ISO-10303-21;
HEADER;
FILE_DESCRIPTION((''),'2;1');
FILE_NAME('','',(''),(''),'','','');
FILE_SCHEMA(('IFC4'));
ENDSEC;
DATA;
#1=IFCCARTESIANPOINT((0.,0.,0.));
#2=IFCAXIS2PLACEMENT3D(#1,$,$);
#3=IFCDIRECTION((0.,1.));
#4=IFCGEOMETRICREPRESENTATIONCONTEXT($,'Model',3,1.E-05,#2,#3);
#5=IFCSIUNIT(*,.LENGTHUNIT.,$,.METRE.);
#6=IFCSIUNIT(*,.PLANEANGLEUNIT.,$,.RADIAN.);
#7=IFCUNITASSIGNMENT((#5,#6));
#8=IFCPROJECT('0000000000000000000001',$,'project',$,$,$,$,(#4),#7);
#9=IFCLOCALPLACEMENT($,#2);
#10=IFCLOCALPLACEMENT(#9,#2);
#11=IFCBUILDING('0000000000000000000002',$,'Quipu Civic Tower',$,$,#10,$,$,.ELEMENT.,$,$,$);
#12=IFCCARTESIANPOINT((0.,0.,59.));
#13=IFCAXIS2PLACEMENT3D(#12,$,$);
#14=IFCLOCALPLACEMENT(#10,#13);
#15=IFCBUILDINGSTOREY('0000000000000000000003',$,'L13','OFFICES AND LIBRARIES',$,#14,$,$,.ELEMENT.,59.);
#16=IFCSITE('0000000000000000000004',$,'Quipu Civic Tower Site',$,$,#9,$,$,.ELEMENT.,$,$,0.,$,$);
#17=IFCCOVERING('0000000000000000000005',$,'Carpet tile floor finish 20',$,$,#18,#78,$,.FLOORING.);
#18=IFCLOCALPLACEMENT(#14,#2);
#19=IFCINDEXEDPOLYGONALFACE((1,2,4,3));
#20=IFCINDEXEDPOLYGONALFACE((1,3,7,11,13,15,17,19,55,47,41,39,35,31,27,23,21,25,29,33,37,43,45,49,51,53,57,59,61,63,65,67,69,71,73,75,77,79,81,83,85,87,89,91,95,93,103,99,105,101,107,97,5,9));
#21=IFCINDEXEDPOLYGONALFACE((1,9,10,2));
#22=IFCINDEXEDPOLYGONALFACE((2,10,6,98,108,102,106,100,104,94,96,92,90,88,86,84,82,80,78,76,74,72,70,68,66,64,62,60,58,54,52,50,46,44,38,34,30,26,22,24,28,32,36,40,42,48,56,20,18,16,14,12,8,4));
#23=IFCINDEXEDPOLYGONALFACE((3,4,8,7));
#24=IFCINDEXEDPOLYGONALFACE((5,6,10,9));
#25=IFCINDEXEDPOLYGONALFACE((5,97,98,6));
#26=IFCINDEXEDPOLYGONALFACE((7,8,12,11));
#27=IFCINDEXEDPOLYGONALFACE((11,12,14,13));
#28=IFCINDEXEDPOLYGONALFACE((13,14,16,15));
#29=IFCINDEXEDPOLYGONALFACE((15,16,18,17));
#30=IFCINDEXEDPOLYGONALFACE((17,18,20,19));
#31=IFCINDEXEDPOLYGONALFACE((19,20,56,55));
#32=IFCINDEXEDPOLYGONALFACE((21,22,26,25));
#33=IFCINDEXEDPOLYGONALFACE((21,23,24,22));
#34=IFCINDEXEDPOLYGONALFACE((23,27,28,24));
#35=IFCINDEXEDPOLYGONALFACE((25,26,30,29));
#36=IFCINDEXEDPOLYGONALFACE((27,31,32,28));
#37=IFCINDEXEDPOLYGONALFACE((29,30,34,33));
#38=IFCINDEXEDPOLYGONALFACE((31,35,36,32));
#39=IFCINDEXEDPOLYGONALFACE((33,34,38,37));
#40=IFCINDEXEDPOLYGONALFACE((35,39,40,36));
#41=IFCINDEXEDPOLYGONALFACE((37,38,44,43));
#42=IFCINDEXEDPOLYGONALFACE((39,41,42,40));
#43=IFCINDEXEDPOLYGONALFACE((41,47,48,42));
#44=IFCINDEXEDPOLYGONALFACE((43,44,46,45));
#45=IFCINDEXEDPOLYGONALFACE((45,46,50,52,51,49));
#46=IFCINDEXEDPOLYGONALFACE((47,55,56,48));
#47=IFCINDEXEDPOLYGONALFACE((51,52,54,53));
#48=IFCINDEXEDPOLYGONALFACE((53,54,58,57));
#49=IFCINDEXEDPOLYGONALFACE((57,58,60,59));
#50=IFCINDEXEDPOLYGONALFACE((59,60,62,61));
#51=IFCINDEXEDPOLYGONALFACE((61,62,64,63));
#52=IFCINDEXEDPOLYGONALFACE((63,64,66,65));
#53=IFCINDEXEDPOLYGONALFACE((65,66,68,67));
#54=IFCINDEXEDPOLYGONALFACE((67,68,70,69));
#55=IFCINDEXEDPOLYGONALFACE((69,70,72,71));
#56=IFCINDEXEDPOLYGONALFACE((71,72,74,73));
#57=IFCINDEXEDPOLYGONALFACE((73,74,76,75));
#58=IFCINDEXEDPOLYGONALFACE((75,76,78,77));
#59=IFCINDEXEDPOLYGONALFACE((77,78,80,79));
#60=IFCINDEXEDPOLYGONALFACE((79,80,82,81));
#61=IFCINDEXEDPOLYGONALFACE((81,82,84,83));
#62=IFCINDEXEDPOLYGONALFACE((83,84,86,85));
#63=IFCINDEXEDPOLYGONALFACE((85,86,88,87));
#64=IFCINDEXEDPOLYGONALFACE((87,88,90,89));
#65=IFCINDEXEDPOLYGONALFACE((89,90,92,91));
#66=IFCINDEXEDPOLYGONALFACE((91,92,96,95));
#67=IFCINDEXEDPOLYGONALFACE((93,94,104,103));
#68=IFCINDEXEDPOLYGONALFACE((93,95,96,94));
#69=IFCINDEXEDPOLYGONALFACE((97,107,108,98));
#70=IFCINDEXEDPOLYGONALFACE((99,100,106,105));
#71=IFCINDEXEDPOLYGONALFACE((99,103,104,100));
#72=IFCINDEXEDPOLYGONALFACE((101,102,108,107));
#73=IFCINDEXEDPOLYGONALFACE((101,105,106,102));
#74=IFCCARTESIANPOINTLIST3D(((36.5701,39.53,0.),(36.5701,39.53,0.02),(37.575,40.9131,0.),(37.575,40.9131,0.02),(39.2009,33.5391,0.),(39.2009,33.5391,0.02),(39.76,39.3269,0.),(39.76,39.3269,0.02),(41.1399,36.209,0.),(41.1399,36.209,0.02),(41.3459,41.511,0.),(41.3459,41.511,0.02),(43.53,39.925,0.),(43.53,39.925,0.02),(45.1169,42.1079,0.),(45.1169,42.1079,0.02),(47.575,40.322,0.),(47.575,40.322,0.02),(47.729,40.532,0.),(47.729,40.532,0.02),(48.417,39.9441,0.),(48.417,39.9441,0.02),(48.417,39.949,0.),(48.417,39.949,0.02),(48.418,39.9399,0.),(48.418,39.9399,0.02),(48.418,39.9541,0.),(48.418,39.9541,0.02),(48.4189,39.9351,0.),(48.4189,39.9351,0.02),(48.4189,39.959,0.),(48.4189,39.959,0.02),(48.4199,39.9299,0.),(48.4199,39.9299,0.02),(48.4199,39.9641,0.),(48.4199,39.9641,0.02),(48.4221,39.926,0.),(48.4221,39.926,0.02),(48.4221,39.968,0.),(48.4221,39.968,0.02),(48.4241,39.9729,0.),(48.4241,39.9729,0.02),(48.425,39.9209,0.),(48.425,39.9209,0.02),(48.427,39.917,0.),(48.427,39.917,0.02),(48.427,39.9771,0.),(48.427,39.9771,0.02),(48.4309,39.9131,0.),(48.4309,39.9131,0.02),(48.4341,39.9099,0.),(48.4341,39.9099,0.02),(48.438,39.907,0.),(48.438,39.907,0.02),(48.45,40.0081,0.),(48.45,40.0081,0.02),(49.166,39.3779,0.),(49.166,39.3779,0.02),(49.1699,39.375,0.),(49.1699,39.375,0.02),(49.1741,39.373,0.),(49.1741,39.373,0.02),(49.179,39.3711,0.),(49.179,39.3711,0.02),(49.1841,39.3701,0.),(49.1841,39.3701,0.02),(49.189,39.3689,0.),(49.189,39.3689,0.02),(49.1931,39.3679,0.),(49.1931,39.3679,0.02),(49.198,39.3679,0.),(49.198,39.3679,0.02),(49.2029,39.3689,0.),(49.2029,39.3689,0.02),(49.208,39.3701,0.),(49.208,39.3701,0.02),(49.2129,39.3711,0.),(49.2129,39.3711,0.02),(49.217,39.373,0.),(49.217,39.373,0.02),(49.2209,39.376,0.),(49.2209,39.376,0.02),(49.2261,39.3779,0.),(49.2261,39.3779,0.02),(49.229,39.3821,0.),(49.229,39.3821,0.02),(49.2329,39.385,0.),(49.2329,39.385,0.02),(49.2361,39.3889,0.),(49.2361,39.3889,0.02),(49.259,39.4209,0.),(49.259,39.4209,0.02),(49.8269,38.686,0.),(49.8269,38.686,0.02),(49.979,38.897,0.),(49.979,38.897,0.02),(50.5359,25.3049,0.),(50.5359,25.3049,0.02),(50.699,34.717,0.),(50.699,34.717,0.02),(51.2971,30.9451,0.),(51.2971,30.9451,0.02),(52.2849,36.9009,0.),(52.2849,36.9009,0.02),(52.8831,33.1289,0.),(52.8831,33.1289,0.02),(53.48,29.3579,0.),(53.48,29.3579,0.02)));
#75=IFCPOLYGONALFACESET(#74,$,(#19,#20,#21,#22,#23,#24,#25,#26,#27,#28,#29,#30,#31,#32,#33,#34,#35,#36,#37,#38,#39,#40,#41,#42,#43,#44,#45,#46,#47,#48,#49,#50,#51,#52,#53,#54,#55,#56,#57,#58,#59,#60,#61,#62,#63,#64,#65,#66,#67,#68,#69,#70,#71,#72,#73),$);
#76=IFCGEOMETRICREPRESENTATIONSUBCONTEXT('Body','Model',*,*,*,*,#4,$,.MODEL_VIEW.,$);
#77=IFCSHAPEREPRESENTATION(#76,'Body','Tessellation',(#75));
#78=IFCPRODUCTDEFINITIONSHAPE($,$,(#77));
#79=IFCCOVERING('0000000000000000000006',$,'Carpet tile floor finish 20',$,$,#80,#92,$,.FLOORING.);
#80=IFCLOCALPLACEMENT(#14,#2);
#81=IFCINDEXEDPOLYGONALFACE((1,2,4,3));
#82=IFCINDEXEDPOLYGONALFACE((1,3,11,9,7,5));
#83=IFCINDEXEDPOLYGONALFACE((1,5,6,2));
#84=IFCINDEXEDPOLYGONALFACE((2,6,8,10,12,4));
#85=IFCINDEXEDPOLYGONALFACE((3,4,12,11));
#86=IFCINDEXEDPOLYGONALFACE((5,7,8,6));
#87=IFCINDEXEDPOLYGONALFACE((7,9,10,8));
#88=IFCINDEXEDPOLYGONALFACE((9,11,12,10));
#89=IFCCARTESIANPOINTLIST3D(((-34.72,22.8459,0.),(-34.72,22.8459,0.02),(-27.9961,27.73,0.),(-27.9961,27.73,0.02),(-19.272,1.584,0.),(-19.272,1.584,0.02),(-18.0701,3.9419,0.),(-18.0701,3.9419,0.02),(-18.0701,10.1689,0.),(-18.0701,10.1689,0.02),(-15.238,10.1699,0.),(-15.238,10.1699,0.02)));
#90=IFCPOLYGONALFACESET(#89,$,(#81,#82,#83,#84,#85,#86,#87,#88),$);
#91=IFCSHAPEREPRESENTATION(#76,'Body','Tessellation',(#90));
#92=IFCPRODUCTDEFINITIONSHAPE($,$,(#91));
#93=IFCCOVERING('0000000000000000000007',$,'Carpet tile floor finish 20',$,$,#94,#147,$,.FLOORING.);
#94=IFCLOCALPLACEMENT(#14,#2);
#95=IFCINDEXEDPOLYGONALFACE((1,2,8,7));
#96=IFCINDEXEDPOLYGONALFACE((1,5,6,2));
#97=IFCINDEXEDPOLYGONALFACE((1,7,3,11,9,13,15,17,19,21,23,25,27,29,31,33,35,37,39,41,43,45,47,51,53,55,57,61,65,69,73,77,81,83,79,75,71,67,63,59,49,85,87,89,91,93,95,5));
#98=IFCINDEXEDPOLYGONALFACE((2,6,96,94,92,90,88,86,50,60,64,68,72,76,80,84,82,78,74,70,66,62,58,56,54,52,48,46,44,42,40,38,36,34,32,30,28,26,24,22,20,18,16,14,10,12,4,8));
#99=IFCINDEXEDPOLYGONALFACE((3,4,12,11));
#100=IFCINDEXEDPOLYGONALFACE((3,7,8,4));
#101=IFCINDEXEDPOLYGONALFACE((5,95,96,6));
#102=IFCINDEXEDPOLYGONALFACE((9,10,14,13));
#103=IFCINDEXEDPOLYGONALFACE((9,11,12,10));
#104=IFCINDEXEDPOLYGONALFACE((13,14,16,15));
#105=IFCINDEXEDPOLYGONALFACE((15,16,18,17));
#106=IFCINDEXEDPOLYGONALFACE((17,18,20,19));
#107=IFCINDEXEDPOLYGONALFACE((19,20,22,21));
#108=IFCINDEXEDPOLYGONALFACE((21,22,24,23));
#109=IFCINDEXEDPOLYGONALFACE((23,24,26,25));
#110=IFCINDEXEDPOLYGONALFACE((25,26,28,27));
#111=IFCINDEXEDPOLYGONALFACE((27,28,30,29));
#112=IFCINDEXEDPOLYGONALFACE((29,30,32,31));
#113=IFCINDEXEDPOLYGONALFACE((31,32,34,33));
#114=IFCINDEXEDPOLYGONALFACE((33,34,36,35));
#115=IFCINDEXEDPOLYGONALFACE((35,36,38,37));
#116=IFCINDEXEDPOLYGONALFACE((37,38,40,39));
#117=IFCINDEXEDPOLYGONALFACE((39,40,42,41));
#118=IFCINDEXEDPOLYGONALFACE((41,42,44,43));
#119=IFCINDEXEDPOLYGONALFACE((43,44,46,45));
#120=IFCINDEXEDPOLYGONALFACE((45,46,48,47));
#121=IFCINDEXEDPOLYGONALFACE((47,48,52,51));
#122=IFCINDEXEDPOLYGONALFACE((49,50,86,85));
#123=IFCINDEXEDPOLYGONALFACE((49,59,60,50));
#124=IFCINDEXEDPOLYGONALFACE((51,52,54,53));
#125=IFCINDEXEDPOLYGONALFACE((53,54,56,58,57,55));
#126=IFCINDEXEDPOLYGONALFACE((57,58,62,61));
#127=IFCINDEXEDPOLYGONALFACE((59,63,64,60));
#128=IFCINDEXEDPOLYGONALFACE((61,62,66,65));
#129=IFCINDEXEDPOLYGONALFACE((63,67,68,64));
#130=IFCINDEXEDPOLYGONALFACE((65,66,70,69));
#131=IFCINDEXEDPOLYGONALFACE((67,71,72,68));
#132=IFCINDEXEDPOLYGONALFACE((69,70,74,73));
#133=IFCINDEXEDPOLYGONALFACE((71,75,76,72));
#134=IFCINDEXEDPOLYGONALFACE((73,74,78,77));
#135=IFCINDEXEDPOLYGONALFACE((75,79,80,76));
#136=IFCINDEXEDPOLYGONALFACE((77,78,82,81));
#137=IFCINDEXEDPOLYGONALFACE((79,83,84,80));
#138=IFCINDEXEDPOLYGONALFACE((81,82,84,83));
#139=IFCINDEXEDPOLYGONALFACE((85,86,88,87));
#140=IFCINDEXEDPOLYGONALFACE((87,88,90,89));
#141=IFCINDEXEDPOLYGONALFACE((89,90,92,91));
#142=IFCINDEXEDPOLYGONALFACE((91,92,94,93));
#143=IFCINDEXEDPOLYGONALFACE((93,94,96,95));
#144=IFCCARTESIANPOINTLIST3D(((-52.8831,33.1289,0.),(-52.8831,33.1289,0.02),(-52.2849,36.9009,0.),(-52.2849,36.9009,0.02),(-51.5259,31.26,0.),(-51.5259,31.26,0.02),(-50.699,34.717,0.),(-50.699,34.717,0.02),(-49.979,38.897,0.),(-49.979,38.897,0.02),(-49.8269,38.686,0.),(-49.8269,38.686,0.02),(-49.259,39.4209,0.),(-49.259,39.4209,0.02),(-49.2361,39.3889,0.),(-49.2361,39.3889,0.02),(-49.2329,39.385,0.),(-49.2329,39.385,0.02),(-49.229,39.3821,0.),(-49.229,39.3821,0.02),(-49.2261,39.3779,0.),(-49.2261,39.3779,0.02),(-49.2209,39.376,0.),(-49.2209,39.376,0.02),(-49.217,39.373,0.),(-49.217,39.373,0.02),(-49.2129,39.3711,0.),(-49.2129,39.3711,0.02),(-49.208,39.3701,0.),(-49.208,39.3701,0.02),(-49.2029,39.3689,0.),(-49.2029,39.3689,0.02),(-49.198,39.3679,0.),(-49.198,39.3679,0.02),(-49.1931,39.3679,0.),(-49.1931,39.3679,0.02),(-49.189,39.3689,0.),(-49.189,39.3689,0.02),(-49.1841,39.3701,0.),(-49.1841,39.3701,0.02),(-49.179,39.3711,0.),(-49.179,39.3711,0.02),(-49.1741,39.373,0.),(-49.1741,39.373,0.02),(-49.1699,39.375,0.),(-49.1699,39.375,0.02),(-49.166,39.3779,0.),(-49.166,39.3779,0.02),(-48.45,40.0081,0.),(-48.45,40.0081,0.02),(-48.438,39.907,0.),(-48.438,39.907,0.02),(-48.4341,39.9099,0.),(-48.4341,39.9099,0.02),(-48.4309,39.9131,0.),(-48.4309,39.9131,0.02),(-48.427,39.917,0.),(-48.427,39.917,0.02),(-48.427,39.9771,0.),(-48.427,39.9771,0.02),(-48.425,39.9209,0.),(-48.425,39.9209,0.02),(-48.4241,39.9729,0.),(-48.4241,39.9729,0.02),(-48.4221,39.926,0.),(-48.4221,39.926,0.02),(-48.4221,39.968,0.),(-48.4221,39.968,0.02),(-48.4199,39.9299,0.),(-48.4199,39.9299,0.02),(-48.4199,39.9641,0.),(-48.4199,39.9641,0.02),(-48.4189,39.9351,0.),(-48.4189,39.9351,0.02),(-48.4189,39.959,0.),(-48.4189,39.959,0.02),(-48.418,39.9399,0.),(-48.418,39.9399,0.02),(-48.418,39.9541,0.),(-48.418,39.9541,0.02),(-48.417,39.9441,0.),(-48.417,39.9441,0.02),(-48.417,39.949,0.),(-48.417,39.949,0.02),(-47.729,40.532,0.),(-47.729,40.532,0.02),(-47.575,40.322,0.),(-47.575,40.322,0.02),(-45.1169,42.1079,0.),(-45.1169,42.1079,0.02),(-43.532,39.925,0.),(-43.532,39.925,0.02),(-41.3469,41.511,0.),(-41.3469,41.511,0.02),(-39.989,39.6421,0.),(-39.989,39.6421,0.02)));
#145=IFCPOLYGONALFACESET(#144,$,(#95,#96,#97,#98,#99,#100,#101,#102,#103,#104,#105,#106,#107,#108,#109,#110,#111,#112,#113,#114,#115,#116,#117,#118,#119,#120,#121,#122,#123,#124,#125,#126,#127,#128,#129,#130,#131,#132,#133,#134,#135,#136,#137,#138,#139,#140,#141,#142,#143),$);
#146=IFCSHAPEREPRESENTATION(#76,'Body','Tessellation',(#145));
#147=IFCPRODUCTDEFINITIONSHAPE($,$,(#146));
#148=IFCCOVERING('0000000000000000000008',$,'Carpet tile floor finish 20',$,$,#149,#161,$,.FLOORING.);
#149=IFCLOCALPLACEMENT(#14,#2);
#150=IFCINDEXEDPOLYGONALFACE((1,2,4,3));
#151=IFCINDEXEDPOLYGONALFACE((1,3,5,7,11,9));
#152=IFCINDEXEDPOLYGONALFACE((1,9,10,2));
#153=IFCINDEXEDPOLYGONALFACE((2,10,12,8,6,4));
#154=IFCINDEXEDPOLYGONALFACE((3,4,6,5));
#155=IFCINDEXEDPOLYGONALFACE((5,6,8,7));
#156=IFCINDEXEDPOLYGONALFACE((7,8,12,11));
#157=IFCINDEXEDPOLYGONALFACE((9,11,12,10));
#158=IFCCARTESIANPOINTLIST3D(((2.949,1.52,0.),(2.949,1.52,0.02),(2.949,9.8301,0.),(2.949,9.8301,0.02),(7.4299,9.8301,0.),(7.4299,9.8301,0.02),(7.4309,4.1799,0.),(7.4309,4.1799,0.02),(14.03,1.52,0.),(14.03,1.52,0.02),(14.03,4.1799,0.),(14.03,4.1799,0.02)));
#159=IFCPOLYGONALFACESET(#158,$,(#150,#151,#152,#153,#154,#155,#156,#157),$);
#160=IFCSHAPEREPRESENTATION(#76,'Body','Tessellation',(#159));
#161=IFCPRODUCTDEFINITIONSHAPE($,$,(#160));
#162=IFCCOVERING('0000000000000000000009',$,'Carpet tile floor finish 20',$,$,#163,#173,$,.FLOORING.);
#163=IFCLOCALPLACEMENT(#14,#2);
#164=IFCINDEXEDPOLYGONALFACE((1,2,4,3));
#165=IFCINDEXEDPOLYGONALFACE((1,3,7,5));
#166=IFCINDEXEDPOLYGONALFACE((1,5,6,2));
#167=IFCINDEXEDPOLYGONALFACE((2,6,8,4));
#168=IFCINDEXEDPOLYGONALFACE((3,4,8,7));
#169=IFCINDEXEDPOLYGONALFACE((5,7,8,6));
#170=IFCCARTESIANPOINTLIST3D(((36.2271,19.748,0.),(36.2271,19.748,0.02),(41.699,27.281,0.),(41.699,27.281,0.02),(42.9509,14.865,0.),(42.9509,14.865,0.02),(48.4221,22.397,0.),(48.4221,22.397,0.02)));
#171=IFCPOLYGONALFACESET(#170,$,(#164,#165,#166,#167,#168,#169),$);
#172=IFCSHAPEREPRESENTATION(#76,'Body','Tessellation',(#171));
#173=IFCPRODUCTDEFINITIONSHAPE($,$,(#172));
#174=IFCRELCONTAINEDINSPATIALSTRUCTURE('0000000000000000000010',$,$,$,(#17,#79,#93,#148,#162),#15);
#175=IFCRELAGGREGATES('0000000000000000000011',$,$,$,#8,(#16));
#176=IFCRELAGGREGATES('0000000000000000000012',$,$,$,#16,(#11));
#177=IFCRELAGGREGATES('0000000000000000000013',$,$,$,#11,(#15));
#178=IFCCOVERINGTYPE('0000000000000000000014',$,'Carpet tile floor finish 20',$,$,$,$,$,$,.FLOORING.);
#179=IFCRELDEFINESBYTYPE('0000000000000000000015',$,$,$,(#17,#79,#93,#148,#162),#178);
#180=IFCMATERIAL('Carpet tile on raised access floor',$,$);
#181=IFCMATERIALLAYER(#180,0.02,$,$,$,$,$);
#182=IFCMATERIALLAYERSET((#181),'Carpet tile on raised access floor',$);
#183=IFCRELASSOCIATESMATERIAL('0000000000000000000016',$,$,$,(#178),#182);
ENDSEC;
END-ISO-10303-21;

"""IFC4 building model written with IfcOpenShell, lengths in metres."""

from ifc_helpers import new_model, si_unit, direction, frame, origin, place, context, subcontext, project, spatial, polyline, outline, extrude, material, layer, layer_set, type_object, element, save


model = new_model("IFC4")

# Units and contexts
model_context = context("Model", 3, precision=1e-05, world=origin(), true_north=direction((0.0, 1.0)))
body_context = subcontext(model_context, "Body", "Model", "MODEL_VIEW")
ifc_project = project(units=[si_unit("LENGTHUNIT", "METRE"), si_unit("PLANEANGLEUNIT", "RADIAN")], contexts=[model_context])

# Site, building, storey
site_placement = place(None, origin())
site = spatial("IfcSite", under=ifc_project, at=site_placement, Name="Quipu Civic Tower Site", CompositionType="ELEMENT", RefElevation=0.0)
building_placement = place(site_placement, origin())
building = spatial("IfcBuilding", under=site, at=building_placement, Name="Quipu Civic Tower", CompositionType="ELEMENT")
storey_placement = place(building_placement, frame((0.0, 0.0, 59.0)))
storey = spatial("IfcBuildingStorey", under=building, at=storey_placement, Name="L13", Description="OFFICES AND LIBRARIES", CompositionType="ELEMENT", Elevation=59.0)

# Coverings
ifc_material_1 = material(Name="Carpet tile on raised access floor")
ifc_layer_1 = layer(ifc_material_1, 0.02)
ifc_layer_set_1 = layer_set([ifc_layer_1], Name="Carpet tile on raised access floor")
covering_type_1 = type_object("IfcCoveringType", Name="Carpet tile floor finish 20", PredefinedType="FLOORING", material=ifc_layer_set_1)
covering_1_placement = place(storey_placement, origin())
element("IfcCovering", 1, at=covering_1_placement, inside=storey, type_object=covering_type_1, Name="Carpet tile floor finish 20", PredefinedType="FLOORING", context=body_context, shape_type="SweptSolid", body=[
    extrude(outline(polyline([(36.5701, 39.53), (37.575, 40.9131), (39.76, 39.3269), (41.3459, 41.511), (43.53, 39.925), (45.1169, 42.1079), (47.575, 40.322), (47.729, 40.532), (48.45, 40.0081), (48.427, 39.9771), (48.4241, 39.9729), (48.4221, 39.968), (48.4199, 39.9641), (48.4189, 39.959), (48.418, 39.9541), (48.417, 39.949), (48.417, 39.9441), (48.418, 39.9399), (48.4189, 39.9351), (48.4199, 39.9299), (48.4221, 39.926), (48.425, 39.9209), (48.427, 39.917), (48.4309, 39.9131), (48.4341, 39.9099), (48.438, 39.907), (49.166, 39.3779), (49.1699, 39.375), (49.1741, 39.373), (49.179, 39.3711), (49.1841, 39.3701), (49.189, 39.3689), (49.1931, 39.3679), (49.198, 39.3679), (49.2029, 39.3689), (49.208, 39.3701), (49.2129, 39.3711), (49.217, 39.373), (49.2209, 39.376), (49.2261, 39.3779), (49.229, 39.3821), (49.2329, 39.385), (49.2361, 39.3889), (49.259, 39.4209), (49.979, 38.897), (49.8269, 38.686), (52.2849, 36.9009), (50.699, 34.717), (52.8831, 33.1289), (51.2971, 30.9451), (53.48, 29.3579), (50.5359, 25.3049), (39.2009, 33.5391), (41.1399, 36.209), (36.5701, 39.53)])), origin(), (0.0, 0.0, 1.0), 0.02),
])
covering_2_placement = place(storey_placement, origin())
element("IfcCovering", 2, at=covering_2_placement, inside=storey, type_object=covering_type_1, Name="Carpet tile floor finish 20", PredefinedType="FLOORING", context=body_context, shape_type="SweptSolid", body=[
    extrude(outline(polyline([(-34.72, 22.8459), (-27.9961, 27.73), (-15.238, 10.1699), (-18.0701, 10.1689), (-18.0701, 3.9419), (-19.272, 1.584), (-34.72, 22.8459)])), origin(), (0.0, 0.0, 1.0), 0.02),
])
covering_3_placement = place(storey_placement, origin())
element("IfcCovering", 3, at=covering_3_placement, inside=storey, type_object=covering_type_1, Name="Carpet tile floor finish 20", PredefinedType="FLOORING", context=body_context, shape_type="SweptSolid", body=[
    extrude(outline(polyline([(-52.8831, 33.1289), (-50.699, 34.717), (-52.2849, 36.9009), (-49.8269, 38.686), (-49.979, 38.897), (-49.259, 39.4209), (-49.2361, 39.3889), (-49.2329, 39.385), (-49.229, 39.3821), (-49.2261, 39.3779), (-49.2209, 39.376), (-49.217, 39.373), (-49.2129, 39.3711), (-49.208, 39.3701), (-49.2029, 39.3689), (-49.198, 39.3679), (-49.1931, 39.3679), (-49.189, 39.3689), (-49.1841, 39.3701), (-49.179, 39.3711), (-49.1741, 39.373), (-49.1699, 39.375), (-49.166, 39.3779), (-48.438, 39.907), (-48.4341, 39.9099), (-48.4309, 39.9131), (-48.427, 39.917), (-48.425, 39.9209), (-48.4221, 39.926), (-48.4199, 39.9299), (-48.4189, 39.9351), (-48.418, 39.9399), (-48.417, 39.9441), (-48.417, 39.949), (-48.418, 39.9541), (-48.4189, 39.959), (-48.4199, 39.9641), (-48.4221, 39.968), (-48.4241, 39.9729), (-48.427, 39.9771), (-48.45, 40.0081), (-47.729, 40.532), (-47.575, 40.322), (-45.1169, 42.1079), (-43.532, 39.925), (-41.3469, 41.511), (-39.989, 39.6421), (-51.5259, 31.26), (-52.8831, 33.1289)])), origin(), (0.0, 0.0, 1.0), 0.02),
])
covering_4_placement = place(storey_placement, origin())
element("IfcCovering", 4, at=covering_4_placement, inside=storey, type_object=covering_type_1, Name="Carpet tile floor finish 20", PredefinedType="FLOORING", context=body_context, shape_type="SweptSolid", body=[
    extrude(outline(polyline([(2.949, 1.52), (2.949, 9.8301), (7.4299, 9.8301), (7.4309, 4.1799), (14.03, 4.1799), (14.03, 1.52), (2.949, 1.52)])), origin(), (0.0, 0.0, 1.0), 0.02),
])
covering_5_placement = place(storey_placement, origin())
element("IfcCovering", 5, at=covering_5_placement, inside=storey, type_object=covering_type_1, Name="Carpet tile floor finish 20", PredefinedType="FLOORING", context=body_context, shape_type="SweptSolid", body=[
    extrude(outline(polyline([(36.2271, 19.748), (41.699, 27.281), (48.4221, 22.397), (42.9509, 14.865), (36.2271, 19.748)])), origin(), (0.0, 0.0, 1.0), 0.02),
])

save(model, "model.ifc")
